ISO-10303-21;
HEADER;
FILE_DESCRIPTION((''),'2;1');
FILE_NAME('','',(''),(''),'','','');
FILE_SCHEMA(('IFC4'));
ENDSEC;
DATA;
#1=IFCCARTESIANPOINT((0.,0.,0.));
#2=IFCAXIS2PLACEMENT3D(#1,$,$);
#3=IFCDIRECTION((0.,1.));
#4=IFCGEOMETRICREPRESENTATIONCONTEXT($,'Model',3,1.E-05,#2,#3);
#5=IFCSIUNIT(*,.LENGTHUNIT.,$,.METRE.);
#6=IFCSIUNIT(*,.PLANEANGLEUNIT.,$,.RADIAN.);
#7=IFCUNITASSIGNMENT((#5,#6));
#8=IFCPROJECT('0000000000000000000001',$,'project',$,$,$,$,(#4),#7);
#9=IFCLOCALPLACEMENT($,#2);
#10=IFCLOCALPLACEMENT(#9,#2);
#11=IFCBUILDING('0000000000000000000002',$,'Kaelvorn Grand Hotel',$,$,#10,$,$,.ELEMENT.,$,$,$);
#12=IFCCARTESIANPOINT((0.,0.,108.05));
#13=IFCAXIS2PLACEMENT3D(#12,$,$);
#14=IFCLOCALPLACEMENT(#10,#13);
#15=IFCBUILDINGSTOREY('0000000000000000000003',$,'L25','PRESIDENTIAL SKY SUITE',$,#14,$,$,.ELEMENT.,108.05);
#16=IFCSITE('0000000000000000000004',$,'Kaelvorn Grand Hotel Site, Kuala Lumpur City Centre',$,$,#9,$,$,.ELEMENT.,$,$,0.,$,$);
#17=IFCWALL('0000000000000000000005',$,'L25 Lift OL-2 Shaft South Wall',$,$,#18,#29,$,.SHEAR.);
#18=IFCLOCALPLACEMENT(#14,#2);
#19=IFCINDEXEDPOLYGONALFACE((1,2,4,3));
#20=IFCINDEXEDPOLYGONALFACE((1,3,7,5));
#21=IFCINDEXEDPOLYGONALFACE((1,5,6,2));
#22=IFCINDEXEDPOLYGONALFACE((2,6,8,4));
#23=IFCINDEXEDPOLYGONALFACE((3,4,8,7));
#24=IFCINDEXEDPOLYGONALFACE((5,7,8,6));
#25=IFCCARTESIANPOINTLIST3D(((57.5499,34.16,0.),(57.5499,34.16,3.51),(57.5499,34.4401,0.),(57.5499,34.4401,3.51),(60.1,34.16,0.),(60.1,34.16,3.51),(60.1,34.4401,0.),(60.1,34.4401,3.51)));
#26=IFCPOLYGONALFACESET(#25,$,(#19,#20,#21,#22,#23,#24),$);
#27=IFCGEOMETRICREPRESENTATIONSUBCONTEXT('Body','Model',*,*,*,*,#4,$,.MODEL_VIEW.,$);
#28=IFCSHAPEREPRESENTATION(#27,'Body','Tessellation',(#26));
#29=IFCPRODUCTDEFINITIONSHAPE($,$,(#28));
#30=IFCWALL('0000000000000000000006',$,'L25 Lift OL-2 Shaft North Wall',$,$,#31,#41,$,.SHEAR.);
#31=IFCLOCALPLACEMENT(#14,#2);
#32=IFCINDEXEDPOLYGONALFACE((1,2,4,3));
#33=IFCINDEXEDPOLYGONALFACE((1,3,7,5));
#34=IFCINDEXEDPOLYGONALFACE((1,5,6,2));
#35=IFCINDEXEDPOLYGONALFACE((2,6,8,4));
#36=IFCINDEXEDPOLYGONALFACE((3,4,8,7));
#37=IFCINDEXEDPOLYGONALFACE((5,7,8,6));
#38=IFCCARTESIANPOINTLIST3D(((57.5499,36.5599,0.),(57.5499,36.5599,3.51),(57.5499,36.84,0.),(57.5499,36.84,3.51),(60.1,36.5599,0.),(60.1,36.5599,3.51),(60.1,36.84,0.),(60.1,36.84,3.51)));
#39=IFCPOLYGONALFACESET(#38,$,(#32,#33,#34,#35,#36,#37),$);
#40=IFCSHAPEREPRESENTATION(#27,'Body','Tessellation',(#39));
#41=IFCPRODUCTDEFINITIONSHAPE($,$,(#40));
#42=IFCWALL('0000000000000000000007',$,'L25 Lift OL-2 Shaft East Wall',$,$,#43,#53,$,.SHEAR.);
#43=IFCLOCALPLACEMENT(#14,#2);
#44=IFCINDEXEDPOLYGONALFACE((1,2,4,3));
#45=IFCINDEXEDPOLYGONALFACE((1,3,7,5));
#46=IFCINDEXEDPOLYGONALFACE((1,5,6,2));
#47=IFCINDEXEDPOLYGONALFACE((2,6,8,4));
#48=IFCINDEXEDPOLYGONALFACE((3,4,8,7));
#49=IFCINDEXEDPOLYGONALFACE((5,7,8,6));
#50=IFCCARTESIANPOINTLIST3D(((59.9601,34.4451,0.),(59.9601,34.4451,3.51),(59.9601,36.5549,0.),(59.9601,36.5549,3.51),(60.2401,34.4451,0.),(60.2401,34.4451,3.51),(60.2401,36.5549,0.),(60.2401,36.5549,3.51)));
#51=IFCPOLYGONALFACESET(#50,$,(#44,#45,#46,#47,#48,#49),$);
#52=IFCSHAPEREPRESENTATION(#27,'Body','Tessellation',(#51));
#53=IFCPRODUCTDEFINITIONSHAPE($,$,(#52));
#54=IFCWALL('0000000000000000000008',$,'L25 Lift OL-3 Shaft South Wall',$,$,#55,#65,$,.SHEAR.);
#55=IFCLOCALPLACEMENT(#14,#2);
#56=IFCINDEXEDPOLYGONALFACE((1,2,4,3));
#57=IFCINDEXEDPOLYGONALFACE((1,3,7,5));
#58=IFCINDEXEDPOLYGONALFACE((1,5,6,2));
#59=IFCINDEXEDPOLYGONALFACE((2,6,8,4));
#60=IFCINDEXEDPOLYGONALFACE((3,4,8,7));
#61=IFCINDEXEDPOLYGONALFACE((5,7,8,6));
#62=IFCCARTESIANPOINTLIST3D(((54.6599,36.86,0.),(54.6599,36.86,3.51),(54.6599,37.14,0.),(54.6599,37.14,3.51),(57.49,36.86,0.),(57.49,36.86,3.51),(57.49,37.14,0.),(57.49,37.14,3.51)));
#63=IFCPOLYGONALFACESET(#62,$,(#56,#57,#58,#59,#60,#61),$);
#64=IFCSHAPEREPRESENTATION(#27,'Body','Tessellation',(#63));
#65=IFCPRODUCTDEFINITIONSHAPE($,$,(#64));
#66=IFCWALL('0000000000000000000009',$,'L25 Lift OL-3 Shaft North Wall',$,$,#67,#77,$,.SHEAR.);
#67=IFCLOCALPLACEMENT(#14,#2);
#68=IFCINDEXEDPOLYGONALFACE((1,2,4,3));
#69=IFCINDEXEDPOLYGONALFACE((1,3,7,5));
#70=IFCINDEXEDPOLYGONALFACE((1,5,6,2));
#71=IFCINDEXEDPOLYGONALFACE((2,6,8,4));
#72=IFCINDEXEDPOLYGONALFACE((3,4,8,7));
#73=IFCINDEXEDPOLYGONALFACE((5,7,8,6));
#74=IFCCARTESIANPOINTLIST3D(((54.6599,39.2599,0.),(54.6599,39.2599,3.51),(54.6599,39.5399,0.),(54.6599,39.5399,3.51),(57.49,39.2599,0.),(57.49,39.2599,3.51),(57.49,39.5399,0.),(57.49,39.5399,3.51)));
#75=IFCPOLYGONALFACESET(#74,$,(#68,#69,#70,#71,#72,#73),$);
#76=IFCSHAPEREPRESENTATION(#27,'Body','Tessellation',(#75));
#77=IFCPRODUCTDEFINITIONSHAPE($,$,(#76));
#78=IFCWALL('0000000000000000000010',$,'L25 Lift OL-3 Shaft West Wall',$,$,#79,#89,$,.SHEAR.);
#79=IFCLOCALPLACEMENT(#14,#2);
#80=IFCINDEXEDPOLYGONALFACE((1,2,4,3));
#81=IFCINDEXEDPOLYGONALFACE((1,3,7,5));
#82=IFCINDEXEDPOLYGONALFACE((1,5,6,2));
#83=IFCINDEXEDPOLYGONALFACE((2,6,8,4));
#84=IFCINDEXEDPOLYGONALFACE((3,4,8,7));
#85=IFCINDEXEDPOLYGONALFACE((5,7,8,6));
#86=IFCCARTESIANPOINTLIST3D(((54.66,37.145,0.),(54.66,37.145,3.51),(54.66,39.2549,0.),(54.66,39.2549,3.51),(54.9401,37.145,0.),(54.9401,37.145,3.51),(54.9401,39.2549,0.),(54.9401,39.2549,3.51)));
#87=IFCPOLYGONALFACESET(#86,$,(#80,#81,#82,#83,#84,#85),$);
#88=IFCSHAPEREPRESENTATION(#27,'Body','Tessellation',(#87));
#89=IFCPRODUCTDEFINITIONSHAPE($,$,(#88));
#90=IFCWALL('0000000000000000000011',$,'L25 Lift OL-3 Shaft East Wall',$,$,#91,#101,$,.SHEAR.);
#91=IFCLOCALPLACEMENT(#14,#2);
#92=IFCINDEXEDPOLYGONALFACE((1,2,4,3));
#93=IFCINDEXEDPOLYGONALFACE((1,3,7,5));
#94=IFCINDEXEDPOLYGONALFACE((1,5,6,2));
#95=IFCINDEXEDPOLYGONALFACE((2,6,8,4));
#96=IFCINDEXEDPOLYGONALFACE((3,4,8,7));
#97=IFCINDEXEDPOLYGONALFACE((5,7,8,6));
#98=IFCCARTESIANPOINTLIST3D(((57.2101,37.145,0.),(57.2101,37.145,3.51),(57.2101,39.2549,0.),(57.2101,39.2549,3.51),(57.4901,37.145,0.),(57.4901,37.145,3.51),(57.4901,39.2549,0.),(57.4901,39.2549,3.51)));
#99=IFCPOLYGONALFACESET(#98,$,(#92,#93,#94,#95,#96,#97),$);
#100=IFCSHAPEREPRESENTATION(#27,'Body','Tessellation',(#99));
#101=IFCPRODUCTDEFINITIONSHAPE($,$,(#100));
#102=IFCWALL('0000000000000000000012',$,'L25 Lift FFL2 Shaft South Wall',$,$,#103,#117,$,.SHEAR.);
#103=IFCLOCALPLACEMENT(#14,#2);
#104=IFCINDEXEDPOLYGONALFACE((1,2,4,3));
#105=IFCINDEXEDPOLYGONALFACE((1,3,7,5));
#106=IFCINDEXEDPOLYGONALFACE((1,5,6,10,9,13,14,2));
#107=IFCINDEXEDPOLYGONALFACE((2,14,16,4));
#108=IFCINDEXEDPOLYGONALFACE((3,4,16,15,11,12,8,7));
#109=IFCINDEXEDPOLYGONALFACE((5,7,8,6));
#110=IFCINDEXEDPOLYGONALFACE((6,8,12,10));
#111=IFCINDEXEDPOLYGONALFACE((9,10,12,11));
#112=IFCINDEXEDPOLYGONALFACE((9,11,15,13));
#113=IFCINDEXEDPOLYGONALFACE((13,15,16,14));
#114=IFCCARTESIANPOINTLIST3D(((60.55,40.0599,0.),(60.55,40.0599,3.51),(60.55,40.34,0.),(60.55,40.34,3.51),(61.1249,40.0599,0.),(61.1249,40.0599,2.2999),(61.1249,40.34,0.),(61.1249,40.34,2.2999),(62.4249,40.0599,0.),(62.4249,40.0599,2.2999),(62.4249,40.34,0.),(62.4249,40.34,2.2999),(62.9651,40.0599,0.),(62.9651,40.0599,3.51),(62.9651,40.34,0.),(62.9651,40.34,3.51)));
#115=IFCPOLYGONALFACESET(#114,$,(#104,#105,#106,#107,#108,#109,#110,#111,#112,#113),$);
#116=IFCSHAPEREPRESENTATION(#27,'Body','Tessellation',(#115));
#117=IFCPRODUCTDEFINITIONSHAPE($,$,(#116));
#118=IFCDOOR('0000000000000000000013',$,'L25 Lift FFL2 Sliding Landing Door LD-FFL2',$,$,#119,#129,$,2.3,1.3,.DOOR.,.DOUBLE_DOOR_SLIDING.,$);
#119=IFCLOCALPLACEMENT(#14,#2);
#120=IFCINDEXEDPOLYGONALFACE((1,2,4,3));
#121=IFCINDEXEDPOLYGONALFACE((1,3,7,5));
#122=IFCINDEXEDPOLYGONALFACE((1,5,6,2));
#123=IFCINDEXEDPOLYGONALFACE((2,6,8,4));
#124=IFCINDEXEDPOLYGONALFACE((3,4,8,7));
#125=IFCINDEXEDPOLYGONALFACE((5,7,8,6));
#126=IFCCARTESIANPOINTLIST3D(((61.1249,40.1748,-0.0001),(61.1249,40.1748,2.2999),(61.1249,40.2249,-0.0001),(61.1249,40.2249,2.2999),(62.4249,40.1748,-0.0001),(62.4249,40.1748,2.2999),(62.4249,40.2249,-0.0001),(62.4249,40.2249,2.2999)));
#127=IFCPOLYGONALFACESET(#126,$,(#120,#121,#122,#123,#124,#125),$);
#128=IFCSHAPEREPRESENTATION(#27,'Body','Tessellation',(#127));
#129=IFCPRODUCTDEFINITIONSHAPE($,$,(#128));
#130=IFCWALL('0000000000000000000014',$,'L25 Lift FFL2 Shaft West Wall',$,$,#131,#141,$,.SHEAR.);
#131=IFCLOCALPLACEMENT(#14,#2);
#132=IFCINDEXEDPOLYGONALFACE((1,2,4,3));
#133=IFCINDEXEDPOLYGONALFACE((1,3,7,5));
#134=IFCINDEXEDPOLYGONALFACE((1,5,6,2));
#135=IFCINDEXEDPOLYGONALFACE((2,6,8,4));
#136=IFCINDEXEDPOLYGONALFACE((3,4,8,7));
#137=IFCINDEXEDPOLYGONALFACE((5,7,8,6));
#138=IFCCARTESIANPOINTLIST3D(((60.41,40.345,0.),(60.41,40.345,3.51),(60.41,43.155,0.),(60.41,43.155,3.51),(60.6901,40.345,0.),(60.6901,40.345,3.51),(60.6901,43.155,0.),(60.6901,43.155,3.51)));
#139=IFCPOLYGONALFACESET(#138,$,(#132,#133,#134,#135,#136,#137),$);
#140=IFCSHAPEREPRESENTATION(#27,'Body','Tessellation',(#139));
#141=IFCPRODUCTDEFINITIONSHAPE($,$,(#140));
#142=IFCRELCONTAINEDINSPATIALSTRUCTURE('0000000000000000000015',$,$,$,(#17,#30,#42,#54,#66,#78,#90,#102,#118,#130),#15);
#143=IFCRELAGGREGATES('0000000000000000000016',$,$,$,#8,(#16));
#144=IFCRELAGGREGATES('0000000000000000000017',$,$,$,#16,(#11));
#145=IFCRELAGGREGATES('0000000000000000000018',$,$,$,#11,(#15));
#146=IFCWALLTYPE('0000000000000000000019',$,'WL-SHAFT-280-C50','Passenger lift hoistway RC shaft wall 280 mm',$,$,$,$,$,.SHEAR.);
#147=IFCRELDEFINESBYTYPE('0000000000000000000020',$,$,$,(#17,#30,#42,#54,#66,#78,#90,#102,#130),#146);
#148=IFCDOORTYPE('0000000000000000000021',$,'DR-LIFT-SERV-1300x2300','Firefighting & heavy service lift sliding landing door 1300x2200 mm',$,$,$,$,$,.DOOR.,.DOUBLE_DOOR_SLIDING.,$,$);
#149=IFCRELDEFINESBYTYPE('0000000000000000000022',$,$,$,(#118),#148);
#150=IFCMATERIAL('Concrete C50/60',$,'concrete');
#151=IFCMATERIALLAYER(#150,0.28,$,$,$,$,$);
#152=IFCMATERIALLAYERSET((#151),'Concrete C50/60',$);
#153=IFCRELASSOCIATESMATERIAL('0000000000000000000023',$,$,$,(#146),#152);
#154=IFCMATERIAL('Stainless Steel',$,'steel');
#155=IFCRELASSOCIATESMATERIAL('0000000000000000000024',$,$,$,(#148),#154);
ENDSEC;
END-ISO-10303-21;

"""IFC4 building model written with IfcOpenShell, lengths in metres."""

from ifc_helpers import new_model, si_unit, direction, frame, frame_2d, origin, place, context, subcontext, project, spatial, rectangle, extrude, material, layer, layer_set, type_object, element, fill, save


model = new_model("IFC4")

# Units and contexts
model_context = context("Model", 3, precision=1e-05, world=origin(), true_north=direction((0.0, 1.0)))
body_context = subcontext(model_context, "Body", "Model", "MODEL_VIEW")
ifc_project = project(units=[si_unit("LENGTHUNIT", "METRE"), si_unit("PLANEANGLEUNIT", "RADIAN")], contexts=[model_context])

# Site, building, storey
site_placement = place(None, origin())
site = spatial("IfcSite", under=ifc_project, at=site_placement, Name="Kaelvorn Grand Hotel Site, Kuala Lumpur City Centre", CompositionType="ELEMENT", RefElevation=0.0)
building_placement = place(site_placement, origin())
building = spatial("IfcBuilding", under=site, at=building_placement, Name="Kaelvorn Grand Hotel", CompositionType="ELEMENT")
storey_placement = place(building_placement, frame((0.0, 0.0, 108.05)))
storey = spatial("IfcBuildingStorey", under=building, at=storey_placement, Name="L25", Description="PRESIDENTIAL SKY SUITE", CompositionType="ELEMENT", Elevation=108.05)

# Walls
ifc_material_1 = material(Name="Concrete C50/60", Category="concrete")
ifc_layer_1 = layer(ifc_material_1, 0.28)
ifc_layer_set_1 = layer_set([ifc_layer_1], Name="Concrete C50/60")
wall_type_1 = type_object("IfcWallType", Name="WL-SHAFT-280-C50", Description="Passenger lift hoistway RC shaft wall 280 mm", PredefinedType="SHEAR", material=ifc_layer_set_1)
for number, where, z_axis, x_axis, name in (
    (1, (57.55, 34.3, 0.0), (0.0, 0.0, 1.0), (1.0, 0.0, 0.0), "L25 Lift OL-2 Shaft South Wall"),
    (2, (57.55, 36.7, 0.0), (0.0, 0.0, 1.0), (1.0, 0.0, 0.0), "L25 Lift OL-2 Shaft North Wall"),
):
    element("IfcWall", number, at=place(storey_placement, frame(where, z_axis=z_axis, x_axis=x_axis)), inside=storey, type_object=wall_type_1, Name=name, PredefinedType="SHEAR", context=body_context, shape_type="SweptSolid", body=[
        extrude(rectangle(XDim=2.55, YDim=0.28, at=frame_2d((1.2749, 0.0))), origin(), (0.0, 0.0, 1.0), 3.51),
    ])
wall_1_placement = place(storey_placement, frame((60.1001, 34.4451, 0.0), z_axis=(0.0, 0.0, 1.0), x_axis=(0.0, 1.0, 0.0)))
element("IfcWall", 3, at=wall_1_placement, inside=storey, type_object=wall_type_1, Name="L25 Lift OL-2 Shaft East Wall", PredefinedType="SHEAR", context=body_context, shape_type="SweptSolid", body=[
    extrude(rectangle(XDim=2.1099, YDim=0.28, at=frame_2d((1.0549, 0.0))), origin(), (0.0, 0.0, 1.0), 3.51),
])
for number, where, z_axis, x_axis, name in (
    (4, (54.6599, 37.0, 0.0), (0.0, 0.0, 1.0), (1.0, 0.0, 0.0), "L25 Lift OL-3 Shaft South Wall"),
    (5, (54.6599, 39.3999, 0.0), (0.0, 0.0, 1.0), (1.0, 0.0, 0.0), "L25 Lift OL-3 Shaft North Wall"),
):
    element("IfcWall", number, at=place(storey_placement, frame(where, z_axis=z_axis, x_axis=x_axis)), inside=storey, type_object=wall_type_1, Name=name, PredefinedType="SHEAR", context=body_context, shape_type="SweptSolid", body=[
        extrude(rectangle(XDim=2.8301, YDim=0.28, at=frame_2d((1.415, 0.0))), origin(), (0.0, 0.0, 1.0), 3.51),
    ])
for number, where, z_axis, x_axis, name in (
    (6, (54.8, 37.145, 0.0), (0.0, 0.0, 1.0), (0.0, 1.0, 0.0), "L25 Lift OL-3 Shaft West Wall"),
    (7, (57.3501, 37.145, 0.0), (0.0, 0.0, 1.0), (0.0, 1.0, 0.0), "L25 Lift OL-3 Shaft East Wall"),
):
    element("IfcWall", number, at=place(storey_placement, frame(where, z_axis=z_axis, x_axis=x_axis)), inside=storey, type_object=wall_type_1, Name=name, PredefinedType="SHEAR", context=body_context, shape_type="SweptSolid", body=[
        extrude(rectangle(XDim=2.1099, YDim=0.28, at=frame_2d((1.0549, 0.0))), origin(), (0.0, 0.0, 1.0), 3.51),
    ])

# Wall, opening, door
wall_2_placement = place(storey_placement, frame((60.55, 40.2, 0.0), z_axis=(0.0, 0.0, 1.0), x_axis=(1.0, 0.0, 0.0)))
wall_2 = element("IfcWall", 8, at=wall_2_placement, inside=storey, type_object=wall_type_1, Name="L25 Lift FFL2 Shaft South Wall", PredefinedType="SHEAR", context=body_context, shape_type="SweptSolid", body=[
    extrude(rectangle(XDim=2.415, YDim=0.28, at=frame_2d((1.2075, 0.0))), origin(), (0.0, 0.0, 1.0), 3.51),
])
opening_1_placement = place(wall_2_placement, frame((0.575, 0.0, 0.0)))
opening_1 = element("IfcOpeningElement", 9, at=opening_1_placement, cuts=wall_2, PredefinedType="OPENING", context=body_context, shape_type="SweptSolid", body=[
    extrude(rectangle(XDim=1.3, YDim=2.3, at=frame_2d((0.6499, 1.1499))), frame((0.0, 0.1499, 0.0), z_axis=(0.0, -1.0, 0.0), x_axis=(1.0, 0.0, 0.0)), (0.0, 0.0, 1.0), 0.3),
])
ifc_material_2 = material(Name="Stainless Steel", Category="steel")
door_type_1 = type_object("IfcDoorType", Name="DR-LIFT-SERV-1300x2300", Description="Firefighting & heavy service lift sliding landing door 1300x2200 mm", OperationType="DOUBLE_DOOR_SLIDING", PredefinedType="DOOR", material=ifc_material_2)
door_1_placement = place(opening_1_placement, origin())
door_1 = element("IfcDoor", 10, at=door_1_placement, inside=storey, type_object=door_type_1, Name="L25 Lift FFL2 Sliding Landing Door LD-FFL2", OperationType="DOUBLE_DOOR_SLIDING", OverallHeight=2.3, OverallWidth=1.3, PredefinedType="DOOR", context=body_context, shape_type="SweptSolid", body=[
    extrude(rectangle(XDim=1.3, YDim=2.3, at=frame_2d((0.6499, 1.1499))), frame((0.0, 0.0249, 0.0), z_axis=(0.0, -1.0, 0.0), x_axis=(1.0, 0.0, 0.0)), (0.0, 0.0, 1.0), 0.05),
])
fill(opening_1, door_1)

# Wall
wall_3_placement = place(storey_placement, frame((60.55, 40.345, 0.0), z_axis=(0.0, 0.0, 1.0), x_axis=(0.0, 1.0, 0.0)))
element("IfcWall", 11, at=wall_3_placement, inside=storey, type_object=wall_type_1, Name="L25 Lift FFL2 Shaft West Wall", PredefinedType="SHEAR", context=body_context, shape_type="SweptSolid", body=[
    extrude(rectangle(XDim=2.8101, YDim=0.28, at=frame_2d((1.405, 0.0))), origin(), (0.0, 0.0, 1.0), 3.51),
])

save(model, "model.ifc")
